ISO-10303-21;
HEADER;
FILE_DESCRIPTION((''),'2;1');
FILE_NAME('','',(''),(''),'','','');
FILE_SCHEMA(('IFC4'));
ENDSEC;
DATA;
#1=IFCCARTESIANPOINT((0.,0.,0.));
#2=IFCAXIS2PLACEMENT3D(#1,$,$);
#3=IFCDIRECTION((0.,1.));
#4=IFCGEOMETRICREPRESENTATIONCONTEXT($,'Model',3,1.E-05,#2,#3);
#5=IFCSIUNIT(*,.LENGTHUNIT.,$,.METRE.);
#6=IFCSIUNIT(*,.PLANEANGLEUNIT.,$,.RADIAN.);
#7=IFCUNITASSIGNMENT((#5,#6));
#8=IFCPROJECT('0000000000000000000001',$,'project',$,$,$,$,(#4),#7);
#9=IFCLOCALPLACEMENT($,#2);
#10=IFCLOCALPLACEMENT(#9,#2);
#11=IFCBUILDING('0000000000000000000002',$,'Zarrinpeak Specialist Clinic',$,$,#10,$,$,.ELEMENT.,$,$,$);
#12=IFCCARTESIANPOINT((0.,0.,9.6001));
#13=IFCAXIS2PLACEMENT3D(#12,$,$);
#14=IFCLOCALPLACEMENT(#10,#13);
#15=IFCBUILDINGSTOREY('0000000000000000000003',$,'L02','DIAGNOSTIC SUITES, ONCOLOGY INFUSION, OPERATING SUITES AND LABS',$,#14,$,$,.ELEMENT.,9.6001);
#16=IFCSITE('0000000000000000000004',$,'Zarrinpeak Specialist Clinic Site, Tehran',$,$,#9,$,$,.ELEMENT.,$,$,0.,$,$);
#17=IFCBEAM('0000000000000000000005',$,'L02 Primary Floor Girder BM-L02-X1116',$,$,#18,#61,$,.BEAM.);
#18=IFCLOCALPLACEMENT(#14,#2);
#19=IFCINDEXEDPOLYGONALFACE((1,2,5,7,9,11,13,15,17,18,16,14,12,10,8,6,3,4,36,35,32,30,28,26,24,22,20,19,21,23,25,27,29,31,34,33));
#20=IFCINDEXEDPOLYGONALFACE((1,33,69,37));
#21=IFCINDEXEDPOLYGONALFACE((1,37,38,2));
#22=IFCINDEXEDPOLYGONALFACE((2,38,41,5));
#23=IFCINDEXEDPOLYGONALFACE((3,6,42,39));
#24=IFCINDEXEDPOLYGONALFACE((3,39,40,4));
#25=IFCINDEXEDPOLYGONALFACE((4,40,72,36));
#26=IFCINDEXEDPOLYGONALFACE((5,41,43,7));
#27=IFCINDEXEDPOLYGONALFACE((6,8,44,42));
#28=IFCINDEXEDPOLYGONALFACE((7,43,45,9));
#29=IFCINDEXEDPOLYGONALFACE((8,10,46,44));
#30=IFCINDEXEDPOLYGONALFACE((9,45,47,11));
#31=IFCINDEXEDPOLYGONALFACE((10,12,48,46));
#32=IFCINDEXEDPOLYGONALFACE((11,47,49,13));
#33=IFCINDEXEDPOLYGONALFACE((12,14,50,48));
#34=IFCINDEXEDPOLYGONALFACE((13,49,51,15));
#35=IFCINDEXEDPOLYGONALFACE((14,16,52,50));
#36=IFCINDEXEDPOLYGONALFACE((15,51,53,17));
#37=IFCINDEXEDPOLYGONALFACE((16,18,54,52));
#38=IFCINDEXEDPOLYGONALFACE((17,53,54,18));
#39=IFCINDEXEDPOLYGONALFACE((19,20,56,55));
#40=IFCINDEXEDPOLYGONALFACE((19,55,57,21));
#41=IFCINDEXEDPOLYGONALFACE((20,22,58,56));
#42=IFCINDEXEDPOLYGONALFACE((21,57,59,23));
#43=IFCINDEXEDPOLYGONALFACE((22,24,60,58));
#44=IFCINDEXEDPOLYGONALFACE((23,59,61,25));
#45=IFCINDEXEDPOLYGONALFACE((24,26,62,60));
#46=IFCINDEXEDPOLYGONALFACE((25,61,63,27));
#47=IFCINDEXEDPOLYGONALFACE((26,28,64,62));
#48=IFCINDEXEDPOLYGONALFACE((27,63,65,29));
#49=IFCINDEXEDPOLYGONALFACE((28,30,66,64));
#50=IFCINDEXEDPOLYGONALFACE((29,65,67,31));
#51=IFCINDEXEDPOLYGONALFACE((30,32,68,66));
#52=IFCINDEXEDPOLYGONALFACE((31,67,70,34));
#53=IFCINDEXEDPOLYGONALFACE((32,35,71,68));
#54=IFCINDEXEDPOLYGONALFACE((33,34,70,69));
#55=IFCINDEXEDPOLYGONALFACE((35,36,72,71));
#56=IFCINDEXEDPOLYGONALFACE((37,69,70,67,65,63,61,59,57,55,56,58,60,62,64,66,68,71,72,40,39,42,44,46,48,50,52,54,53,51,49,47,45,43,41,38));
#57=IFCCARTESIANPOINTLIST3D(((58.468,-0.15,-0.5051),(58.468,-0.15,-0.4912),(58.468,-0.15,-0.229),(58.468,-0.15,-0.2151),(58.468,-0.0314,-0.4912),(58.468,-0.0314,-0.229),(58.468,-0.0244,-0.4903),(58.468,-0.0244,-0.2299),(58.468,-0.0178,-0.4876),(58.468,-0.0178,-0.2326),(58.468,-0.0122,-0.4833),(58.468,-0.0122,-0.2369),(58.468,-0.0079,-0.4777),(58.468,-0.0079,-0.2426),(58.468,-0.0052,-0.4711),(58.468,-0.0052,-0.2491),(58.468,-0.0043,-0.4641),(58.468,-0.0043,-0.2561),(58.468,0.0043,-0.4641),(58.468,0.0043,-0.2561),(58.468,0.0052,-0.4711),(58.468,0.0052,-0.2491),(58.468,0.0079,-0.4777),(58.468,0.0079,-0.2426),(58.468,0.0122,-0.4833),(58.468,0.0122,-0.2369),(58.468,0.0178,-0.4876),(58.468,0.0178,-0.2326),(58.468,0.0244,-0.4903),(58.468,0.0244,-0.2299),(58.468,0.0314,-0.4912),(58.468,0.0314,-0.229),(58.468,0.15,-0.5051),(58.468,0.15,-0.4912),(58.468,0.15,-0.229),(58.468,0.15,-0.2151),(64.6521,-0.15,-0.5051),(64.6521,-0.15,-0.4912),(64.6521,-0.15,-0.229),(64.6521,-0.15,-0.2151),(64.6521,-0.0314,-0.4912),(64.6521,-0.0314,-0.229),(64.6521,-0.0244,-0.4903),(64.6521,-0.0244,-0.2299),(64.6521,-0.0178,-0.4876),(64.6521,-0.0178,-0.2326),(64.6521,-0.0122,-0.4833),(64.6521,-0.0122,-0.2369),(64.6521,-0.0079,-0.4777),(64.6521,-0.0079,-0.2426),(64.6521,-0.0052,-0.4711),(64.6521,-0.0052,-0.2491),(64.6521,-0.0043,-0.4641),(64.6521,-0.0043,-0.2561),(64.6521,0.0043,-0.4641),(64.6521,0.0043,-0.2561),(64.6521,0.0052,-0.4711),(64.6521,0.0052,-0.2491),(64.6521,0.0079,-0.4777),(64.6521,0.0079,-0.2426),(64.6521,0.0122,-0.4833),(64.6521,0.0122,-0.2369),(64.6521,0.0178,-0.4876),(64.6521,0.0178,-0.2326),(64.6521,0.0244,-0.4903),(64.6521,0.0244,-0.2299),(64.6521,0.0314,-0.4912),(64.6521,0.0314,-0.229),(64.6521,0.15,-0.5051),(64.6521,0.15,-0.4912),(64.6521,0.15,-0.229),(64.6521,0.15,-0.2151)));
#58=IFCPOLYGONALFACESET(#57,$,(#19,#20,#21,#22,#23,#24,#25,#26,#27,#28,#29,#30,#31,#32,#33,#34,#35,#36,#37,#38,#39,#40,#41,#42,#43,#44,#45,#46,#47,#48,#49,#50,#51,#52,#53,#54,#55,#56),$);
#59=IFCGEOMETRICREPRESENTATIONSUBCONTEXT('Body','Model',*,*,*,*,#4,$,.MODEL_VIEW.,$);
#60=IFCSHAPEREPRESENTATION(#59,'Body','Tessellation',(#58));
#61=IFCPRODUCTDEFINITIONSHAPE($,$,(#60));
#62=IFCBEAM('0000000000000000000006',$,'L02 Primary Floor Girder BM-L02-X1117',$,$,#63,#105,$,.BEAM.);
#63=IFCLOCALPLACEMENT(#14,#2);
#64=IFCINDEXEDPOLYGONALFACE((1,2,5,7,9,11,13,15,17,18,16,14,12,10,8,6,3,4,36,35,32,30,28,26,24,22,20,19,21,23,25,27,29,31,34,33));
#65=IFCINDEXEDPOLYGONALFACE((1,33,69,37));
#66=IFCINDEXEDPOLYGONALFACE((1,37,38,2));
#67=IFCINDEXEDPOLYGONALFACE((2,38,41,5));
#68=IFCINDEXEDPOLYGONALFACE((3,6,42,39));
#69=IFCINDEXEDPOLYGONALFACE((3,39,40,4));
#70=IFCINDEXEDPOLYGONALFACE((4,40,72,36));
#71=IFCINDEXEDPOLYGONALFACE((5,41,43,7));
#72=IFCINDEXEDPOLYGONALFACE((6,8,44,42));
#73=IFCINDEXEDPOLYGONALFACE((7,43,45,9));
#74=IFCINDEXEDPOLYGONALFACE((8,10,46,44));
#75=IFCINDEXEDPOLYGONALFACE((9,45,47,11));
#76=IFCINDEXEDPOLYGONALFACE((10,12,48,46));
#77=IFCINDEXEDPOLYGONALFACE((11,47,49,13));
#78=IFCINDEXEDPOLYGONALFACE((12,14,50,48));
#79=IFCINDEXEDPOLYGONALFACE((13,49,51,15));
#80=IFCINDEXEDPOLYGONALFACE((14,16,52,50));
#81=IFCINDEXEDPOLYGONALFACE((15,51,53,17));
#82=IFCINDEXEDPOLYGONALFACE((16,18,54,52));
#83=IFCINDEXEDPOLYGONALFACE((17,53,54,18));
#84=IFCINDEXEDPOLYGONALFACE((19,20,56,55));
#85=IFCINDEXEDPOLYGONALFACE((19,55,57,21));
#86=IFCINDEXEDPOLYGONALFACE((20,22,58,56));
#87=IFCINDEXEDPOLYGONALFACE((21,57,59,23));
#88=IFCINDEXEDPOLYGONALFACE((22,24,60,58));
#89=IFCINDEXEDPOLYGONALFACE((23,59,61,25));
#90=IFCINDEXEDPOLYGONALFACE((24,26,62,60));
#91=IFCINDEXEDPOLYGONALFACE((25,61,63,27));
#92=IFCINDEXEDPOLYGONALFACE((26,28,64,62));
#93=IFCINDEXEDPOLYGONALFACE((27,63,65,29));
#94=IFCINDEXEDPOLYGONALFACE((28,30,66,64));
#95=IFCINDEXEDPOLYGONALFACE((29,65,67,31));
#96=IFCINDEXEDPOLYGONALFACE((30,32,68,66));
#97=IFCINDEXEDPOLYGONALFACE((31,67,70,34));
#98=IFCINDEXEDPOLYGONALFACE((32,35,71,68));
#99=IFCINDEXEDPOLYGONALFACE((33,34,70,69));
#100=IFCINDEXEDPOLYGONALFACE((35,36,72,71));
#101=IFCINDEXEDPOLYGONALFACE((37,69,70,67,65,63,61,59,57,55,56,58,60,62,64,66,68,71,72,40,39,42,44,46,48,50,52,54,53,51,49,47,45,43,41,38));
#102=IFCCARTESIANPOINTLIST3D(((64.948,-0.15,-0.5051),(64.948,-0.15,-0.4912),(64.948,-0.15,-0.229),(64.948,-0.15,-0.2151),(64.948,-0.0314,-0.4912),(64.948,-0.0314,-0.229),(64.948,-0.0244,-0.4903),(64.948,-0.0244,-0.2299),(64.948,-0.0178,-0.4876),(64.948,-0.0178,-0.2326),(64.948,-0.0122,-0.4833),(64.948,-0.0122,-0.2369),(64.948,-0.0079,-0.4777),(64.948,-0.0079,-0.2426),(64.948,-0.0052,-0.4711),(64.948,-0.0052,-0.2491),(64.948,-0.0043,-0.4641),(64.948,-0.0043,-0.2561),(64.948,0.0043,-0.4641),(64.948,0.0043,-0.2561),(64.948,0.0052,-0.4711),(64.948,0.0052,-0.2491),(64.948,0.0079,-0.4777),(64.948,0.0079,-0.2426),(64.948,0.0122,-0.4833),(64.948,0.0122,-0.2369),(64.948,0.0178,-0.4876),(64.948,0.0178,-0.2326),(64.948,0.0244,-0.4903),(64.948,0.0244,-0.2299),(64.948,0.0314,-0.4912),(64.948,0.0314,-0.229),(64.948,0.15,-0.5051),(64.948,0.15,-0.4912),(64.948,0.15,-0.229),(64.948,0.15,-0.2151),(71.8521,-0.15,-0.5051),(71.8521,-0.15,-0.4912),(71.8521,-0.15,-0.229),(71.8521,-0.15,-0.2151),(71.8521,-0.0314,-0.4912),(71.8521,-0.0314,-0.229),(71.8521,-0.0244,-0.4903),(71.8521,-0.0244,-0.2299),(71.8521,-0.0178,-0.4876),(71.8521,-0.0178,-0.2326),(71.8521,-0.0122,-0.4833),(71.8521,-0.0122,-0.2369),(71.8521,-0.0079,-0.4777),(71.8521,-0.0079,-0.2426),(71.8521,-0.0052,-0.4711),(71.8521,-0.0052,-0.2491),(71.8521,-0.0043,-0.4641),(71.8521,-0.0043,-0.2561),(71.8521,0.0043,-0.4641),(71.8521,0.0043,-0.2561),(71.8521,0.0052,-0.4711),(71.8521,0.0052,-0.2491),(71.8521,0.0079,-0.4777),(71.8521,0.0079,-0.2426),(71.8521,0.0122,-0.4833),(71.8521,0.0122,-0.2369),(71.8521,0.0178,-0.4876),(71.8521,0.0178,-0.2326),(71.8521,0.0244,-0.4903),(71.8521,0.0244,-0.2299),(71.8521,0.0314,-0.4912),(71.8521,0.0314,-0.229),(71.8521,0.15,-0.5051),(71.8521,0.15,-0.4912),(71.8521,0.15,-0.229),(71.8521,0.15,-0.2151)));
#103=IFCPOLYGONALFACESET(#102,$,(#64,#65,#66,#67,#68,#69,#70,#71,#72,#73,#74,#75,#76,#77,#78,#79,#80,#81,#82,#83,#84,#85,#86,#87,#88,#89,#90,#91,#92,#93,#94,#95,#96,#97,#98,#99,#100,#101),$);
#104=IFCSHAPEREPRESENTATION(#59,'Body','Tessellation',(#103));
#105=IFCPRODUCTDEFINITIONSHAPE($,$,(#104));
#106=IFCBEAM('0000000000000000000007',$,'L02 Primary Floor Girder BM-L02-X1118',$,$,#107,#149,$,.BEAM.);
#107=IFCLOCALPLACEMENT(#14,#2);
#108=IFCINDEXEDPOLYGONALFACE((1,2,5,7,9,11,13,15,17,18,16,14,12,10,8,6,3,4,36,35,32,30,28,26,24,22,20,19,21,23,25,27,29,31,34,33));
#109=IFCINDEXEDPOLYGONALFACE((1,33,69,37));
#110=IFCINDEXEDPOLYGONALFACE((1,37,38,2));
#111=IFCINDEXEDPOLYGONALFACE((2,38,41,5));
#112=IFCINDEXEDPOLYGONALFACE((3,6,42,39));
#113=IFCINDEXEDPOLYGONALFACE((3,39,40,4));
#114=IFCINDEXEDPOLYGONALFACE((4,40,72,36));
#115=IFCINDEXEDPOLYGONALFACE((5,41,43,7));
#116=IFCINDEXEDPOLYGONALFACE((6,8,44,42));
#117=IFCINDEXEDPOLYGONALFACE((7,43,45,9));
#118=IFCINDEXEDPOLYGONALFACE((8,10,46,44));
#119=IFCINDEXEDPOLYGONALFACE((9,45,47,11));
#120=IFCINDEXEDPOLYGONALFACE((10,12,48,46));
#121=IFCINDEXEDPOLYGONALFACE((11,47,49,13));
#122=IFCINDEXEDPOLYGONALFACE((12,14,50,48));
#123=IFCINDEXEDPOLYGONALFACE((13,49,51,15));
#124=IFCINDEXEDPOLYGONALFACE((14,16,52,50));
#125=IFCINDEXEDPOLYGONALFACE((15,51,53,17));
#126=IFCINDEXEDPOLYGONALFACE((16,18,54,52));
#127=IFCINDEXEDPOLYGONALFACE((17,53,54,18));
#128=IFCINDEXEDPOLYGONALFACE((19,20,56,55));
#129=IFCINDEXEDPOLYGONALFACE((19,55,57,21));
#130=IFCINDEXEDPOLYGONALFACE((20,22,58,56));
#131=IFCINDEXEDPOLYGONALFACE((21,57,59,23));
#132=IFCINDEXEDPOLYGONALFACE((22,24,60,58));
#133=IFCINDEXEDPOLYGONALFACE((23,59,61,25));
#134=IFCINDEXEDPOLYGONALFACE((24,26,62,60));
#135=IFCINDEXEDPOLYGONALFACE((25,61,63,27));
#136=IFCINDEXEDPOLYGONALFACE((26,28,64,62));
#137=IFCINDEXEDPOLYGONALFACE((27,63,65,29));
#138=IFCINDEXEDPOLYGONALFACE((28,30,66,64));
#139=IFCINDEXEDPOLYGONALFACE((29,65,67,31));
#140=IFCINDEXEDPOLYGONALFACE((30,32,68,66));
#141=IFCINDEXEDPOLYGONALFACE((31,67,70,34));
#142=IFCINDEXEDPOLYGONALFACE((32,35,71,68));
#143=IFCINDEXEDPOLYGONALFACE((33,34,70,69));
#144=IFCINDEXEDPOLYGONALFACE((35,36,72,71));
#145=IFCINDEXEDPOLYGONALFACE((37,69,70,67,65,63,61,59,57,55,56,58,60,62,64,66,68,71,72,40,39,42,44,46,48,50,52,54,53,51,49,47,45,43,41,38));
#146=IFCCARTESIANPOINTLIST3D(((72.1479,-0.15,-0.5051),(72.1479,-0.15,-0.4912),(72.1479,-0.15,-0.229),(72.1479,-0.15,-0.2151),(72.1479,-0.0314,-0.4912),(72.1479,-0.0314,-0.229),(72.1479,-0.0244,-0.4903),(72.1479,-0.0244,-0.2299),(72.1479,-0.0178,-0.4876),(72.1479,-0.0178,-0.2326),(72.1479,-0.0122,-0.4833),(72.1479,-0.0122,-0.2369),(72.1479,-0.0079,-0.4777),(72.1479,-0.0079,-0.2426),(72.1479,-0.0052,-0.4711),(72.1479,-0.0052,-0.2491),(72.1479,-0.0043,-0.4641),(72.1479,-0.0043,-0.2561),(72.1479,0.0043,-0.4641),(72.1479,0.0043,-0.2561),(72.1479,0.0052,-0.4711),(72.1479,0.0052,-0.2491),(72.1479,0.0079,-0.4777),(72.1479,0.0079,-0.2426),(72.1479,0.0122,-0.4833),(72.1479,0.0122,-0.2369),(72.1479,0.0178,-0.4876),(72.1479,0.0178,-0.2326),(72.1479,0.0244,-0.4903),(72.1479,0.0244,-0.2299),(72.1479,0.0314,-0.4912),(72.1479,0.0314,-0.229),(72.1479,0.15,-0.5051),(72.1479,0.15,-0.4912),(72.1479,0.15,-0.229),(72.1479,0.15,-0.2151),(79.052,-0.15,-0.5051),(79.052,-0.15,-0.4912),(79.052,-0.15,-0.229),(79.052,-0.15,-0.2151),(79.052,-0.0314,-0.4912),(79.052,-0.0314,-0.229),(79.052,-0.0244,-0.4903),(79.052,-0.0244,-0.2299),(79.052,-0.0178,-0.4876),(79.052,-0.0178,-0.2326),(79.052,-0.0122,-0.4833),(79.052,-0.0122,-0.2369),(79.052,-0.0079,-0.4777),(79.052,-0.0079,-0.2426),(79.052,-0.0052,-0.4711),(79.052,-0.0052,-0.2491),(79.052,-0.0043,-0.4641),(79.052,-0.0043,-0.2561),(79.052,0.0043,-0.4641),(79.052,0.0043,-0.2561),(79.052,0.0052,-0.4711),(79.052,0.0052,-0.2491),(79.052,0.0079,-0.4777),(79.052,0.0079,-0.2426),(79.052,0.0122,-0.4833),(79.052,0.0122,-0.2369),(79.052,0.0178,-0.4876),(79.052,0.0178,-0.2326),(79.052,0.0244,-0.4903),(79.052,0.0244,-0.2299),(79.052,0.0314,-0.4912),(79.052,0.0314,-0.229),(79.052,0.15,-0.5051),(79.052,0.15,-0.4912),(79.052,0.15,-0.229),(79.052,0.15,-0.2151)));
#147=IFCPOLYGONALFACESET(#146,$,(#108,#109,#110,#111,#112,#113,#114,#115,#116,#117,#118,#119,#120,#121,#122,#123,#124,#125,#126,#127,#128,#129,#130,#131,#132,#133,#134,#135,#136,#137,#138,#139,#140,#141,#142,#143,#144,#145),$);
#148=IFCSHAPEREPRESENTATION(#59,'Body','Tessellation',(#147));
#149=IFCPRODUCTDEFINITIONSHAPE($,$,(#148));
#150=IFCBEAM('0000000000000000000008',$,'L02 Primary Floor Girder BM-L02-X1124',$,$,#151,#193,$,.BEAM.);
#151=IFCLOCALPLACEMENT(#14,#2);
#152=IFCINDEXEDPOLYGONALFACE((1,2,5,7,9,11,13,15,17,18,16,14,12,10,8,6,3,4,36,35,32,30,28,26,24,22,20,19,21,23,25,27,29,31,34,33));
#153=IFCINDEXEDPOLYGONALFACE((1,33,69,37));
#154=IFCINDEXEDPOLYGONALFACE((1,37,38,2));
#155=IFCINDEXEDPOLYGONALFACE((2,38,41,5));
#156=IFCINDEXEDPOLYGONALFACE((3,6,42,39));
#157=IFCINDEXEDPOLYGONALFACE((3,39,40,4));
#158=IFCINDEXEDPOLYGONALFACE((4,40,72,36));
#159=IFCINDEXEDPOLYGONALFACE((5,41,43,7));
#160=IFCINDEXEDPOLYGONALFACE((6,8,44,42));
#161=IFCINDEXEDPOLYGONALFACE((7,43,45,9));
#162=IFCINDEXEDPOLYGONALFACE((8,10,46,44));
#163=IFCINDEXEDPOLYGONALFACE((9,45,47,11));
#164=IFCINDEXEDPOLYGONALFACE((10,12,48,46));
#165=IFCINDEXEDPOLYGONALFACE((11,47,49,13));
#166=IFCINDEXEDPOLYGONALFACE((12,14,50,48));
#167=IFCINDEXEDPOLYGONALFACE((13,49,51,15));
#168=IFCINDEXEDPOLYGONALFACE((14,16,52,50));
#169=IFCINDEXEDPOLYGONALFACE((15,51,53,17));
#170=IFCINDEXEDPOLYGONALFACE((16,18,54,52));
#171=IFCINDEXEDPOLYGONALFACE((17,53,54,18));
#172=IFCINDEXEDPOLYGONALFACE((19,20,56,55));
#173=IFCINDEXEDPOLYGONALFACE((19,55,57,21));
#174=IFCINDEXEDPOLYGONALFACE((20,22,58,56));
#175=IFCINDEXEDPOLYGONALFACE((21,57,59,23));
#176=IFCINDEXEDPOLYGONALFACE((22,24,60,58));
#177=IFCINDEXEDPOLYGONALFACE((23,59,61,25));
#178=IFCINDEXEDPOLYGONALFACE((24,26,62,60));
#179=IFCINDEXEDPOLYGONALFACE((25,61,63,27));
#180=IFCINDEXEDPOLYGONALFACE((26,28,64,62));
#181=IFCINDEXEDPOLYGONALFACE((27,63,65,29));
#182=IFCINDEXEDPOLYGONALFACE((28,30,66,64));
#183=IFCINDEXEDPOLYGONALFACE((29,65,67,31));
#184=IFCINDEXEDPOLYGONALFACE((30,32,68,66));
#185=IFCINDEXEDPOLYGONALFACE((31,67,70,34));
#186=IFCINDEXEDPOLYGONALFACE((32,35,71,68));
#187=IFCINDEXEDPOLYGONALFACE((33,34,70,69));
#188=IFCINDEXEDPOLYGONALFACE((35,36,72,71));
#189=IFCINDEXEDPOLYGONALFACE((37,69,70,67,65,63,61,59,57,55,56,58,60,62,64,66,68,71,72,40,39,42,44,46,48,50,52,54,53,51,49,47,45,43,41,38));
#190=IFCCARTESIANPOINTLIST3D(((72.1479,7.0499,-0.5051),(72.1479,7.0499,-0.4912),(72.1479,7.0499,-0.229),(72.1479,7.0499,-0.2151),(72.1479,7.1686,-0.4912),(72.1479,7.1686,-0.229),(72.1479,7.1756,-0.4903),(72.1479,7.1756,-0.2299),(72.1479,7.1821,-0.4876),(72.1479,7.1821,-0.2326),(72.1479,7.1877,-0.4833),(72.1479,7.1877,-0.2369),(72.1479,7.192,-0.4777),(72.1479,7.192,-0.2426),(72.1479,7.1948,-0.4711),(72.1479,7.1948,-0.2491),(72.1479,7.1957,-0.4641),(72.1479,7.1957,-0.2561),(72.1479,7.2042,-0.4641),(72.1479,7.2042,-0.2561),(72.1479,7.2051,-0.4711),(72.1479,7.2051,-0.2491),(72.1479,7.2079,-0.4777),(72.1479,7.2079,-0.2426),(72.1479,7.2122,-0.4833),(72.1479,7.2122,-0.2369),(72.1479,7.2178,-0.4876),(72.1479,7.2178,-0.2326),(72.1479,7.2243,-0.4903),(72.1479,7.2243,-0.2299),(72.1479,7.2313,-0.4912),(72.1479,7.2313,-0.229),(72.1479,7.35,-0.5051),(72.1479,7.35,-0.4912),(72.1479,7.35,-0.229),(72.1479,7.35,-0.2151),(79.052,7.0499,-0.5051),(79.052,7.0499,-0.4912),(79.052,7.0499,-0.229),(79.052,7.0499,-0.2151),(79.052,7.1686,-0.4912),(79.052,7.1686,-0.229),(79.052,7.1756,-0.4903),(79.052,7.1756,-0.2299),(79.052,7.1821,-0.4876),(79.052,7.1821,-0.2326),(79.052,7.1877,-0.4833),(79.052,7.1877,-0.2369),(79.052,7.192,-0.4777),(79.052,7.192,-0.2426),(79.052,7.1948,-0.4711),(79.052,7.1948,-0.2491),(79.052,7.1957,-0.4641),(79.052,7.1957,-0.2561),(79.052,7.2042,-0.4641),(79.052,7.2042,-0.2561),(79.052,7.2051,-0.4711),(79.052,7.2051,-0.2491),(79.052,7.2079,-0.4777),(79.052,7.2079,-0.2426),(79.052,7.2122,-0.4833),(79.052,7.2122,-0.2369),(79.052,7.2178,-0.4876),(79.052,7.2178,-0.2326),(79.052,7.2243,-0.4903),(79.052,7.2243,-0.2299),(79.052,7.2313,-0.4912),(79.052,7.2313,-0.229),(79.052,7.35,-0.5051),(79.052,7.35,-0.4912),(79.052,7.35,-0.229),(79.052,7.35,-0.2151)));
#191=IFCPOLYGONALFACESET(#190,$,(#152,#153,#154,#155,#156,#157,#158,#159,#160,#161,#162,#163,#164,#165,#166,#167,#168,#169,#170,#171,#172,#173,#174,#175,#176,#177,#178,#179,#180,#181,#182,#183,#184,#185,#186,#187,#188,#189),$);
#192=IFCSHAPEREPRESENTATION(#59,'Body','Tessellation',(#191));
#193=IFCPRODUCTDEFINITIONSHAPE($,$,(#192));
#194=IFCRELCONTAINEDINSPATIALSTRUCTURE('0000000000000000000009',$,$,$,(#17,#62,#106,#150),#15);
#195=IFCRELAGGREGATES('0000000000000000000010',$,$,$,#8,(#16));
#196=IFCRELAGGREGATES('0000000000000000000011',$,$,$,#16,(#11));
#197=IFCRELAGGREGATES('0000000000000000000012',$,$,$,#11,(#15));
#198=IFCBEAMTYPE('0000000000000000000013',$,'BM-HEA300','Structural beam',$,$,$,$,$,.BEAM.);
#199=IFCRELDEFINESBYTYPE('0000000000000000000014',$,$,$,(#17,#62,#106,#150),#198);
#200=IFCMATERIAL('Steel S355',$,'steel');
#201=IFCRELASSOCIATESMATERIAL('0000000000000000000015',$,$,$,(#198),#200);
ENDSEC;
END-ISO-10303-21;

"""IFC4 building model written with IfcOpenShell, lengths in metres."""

from ifc_helpers import new_model, si_unit, direction, frame, origin, origin_2d, place, context, subcontext, project, spatial, i_section, extrude, material, material_profile, profile_set, type_object, element, save


model = new_model("IFC4")

# Units and contexts
model_context = context("Model", 3, precision=1e-05, world=origin(), true_north=direction((0.0, 1.0)))
body_context = subcontext(model_context, "Body", "Model", "MODEL_VIEW")
ifc_project = project(units=[si_unit("LENGTHUNIT", "METRE"), si_unit("PLANEANGLEUNIT", "RADIAN")], contexts=[model_context])

# Site, building, storey
site_placement = place(None, origin())
site = spatial("IfcSite", under=ifc_project, at=site_placement, Name="Zarrinpeak Specialist Clinic Site, Tehran", CompositionType="ELEMENT", RefElevation=0.0)
building_placement = place(site_placement, origin())
building = spatial("IfcBuilding", under=site, at=building_placement, Name="Zarrinpeak Specialist Clinic", CompositionType="ELEMENT")
storey_placement = place(building_placement, frame((0.0, 0.0, 9.6001)))
storey = spatial("IfcBuildingStorey", under=building, at=storey_placement, Name="L02", Description="DIAGNOSTIC SUITES, ONCOLOGY INFUSION, OPERATING SUITES AND LABS", CompositionType="ELEMENT", Elevation=9.6001)

# Shared definitions
ifc_material_1 = material(Name="Steel S355", Category="steel")

# Beams
ifc_material_profile_1 = material_profile(ifc_material_1, i_section(OverallWidth=0.3, OverallDepth=0.29, WebThickness=0.0085, FlangeThickness=0.0139, FilletRadius=0.0271, at=origin_2d()), Name="HEA 300")
ifc_profile_set_1 = profile_set([ifc_material_profile_1], Name="Steel S355")
beam_type_1 = type_object("IfcBeamType", Name="BM-HEA300", Description="Structural beam", PredefinedType="BEAM", material=ifc_profile_set_1)
beam_1_placement = place(storey_placement, frame((58.468, 0.0, -0.3601), z_axis=(1.0, 0.0, 0.0), x_axis=(0.0, 1.0, 0.0)))
element("IfcBeam", 1, at=beam_1_placement, inside=storey, type_object=beam_type_1, Name="L02 Primary Floor Girder BM-L02-X1116", PredefinedType="BEAM", context=body_context, shape_type="SweptSolid", body=[
    extrude(i_section(OverallWidth=0.3, OverallDepth=0.29, WebThickness=0.0085, FlangeThickness=0.0139, FilletRadius=0.0271, at=origin_2d()), origin(), (0.0, 0.0, 1.0), 6.1841),
])
for number, where, z_axis, x_axis, name in (
    (2, (64.948, 0.0, -0.3601), (1.0, 0.0, 0.0), (0.0, 1.0, 0.0), "L02 Primary Floor Girder BM-L02-X1117"),
    (3, (72.1479, 0.0, -0.3601), (1.0, 0.0, 0.0), (0.0, 1.0, 0.0), "L02 Primary Floor Girder BM-L02-X1118"),
    (4, (72.1479, 7.2, -0.3601), (1.0, 0.0, 0.0), (0.0, 1.0, 0.0), "L02 Primary Floor Girder BM-L02-X1124"),
):
    element("IfcBeam", number, at=place(storey_placement, frame(where, z_axis=z_axis, x_axis=x_axis)), inside=storey, type_object=beam_type_1, Name=name, PredefinedType="BEAM", context=body_context, shape_type="SweptSolid", body=[
        extrude(i_section(OverallWidth=0.3, OverallDepth=0.29, WebThickness=0.0085, FlangeThickness=0.0139, FilletRadius=0.0271, at=origin_2d()), origin(), (0.0, 0.0, 1.0), 6.9041),
    ])

save(model, "model.ifc")
